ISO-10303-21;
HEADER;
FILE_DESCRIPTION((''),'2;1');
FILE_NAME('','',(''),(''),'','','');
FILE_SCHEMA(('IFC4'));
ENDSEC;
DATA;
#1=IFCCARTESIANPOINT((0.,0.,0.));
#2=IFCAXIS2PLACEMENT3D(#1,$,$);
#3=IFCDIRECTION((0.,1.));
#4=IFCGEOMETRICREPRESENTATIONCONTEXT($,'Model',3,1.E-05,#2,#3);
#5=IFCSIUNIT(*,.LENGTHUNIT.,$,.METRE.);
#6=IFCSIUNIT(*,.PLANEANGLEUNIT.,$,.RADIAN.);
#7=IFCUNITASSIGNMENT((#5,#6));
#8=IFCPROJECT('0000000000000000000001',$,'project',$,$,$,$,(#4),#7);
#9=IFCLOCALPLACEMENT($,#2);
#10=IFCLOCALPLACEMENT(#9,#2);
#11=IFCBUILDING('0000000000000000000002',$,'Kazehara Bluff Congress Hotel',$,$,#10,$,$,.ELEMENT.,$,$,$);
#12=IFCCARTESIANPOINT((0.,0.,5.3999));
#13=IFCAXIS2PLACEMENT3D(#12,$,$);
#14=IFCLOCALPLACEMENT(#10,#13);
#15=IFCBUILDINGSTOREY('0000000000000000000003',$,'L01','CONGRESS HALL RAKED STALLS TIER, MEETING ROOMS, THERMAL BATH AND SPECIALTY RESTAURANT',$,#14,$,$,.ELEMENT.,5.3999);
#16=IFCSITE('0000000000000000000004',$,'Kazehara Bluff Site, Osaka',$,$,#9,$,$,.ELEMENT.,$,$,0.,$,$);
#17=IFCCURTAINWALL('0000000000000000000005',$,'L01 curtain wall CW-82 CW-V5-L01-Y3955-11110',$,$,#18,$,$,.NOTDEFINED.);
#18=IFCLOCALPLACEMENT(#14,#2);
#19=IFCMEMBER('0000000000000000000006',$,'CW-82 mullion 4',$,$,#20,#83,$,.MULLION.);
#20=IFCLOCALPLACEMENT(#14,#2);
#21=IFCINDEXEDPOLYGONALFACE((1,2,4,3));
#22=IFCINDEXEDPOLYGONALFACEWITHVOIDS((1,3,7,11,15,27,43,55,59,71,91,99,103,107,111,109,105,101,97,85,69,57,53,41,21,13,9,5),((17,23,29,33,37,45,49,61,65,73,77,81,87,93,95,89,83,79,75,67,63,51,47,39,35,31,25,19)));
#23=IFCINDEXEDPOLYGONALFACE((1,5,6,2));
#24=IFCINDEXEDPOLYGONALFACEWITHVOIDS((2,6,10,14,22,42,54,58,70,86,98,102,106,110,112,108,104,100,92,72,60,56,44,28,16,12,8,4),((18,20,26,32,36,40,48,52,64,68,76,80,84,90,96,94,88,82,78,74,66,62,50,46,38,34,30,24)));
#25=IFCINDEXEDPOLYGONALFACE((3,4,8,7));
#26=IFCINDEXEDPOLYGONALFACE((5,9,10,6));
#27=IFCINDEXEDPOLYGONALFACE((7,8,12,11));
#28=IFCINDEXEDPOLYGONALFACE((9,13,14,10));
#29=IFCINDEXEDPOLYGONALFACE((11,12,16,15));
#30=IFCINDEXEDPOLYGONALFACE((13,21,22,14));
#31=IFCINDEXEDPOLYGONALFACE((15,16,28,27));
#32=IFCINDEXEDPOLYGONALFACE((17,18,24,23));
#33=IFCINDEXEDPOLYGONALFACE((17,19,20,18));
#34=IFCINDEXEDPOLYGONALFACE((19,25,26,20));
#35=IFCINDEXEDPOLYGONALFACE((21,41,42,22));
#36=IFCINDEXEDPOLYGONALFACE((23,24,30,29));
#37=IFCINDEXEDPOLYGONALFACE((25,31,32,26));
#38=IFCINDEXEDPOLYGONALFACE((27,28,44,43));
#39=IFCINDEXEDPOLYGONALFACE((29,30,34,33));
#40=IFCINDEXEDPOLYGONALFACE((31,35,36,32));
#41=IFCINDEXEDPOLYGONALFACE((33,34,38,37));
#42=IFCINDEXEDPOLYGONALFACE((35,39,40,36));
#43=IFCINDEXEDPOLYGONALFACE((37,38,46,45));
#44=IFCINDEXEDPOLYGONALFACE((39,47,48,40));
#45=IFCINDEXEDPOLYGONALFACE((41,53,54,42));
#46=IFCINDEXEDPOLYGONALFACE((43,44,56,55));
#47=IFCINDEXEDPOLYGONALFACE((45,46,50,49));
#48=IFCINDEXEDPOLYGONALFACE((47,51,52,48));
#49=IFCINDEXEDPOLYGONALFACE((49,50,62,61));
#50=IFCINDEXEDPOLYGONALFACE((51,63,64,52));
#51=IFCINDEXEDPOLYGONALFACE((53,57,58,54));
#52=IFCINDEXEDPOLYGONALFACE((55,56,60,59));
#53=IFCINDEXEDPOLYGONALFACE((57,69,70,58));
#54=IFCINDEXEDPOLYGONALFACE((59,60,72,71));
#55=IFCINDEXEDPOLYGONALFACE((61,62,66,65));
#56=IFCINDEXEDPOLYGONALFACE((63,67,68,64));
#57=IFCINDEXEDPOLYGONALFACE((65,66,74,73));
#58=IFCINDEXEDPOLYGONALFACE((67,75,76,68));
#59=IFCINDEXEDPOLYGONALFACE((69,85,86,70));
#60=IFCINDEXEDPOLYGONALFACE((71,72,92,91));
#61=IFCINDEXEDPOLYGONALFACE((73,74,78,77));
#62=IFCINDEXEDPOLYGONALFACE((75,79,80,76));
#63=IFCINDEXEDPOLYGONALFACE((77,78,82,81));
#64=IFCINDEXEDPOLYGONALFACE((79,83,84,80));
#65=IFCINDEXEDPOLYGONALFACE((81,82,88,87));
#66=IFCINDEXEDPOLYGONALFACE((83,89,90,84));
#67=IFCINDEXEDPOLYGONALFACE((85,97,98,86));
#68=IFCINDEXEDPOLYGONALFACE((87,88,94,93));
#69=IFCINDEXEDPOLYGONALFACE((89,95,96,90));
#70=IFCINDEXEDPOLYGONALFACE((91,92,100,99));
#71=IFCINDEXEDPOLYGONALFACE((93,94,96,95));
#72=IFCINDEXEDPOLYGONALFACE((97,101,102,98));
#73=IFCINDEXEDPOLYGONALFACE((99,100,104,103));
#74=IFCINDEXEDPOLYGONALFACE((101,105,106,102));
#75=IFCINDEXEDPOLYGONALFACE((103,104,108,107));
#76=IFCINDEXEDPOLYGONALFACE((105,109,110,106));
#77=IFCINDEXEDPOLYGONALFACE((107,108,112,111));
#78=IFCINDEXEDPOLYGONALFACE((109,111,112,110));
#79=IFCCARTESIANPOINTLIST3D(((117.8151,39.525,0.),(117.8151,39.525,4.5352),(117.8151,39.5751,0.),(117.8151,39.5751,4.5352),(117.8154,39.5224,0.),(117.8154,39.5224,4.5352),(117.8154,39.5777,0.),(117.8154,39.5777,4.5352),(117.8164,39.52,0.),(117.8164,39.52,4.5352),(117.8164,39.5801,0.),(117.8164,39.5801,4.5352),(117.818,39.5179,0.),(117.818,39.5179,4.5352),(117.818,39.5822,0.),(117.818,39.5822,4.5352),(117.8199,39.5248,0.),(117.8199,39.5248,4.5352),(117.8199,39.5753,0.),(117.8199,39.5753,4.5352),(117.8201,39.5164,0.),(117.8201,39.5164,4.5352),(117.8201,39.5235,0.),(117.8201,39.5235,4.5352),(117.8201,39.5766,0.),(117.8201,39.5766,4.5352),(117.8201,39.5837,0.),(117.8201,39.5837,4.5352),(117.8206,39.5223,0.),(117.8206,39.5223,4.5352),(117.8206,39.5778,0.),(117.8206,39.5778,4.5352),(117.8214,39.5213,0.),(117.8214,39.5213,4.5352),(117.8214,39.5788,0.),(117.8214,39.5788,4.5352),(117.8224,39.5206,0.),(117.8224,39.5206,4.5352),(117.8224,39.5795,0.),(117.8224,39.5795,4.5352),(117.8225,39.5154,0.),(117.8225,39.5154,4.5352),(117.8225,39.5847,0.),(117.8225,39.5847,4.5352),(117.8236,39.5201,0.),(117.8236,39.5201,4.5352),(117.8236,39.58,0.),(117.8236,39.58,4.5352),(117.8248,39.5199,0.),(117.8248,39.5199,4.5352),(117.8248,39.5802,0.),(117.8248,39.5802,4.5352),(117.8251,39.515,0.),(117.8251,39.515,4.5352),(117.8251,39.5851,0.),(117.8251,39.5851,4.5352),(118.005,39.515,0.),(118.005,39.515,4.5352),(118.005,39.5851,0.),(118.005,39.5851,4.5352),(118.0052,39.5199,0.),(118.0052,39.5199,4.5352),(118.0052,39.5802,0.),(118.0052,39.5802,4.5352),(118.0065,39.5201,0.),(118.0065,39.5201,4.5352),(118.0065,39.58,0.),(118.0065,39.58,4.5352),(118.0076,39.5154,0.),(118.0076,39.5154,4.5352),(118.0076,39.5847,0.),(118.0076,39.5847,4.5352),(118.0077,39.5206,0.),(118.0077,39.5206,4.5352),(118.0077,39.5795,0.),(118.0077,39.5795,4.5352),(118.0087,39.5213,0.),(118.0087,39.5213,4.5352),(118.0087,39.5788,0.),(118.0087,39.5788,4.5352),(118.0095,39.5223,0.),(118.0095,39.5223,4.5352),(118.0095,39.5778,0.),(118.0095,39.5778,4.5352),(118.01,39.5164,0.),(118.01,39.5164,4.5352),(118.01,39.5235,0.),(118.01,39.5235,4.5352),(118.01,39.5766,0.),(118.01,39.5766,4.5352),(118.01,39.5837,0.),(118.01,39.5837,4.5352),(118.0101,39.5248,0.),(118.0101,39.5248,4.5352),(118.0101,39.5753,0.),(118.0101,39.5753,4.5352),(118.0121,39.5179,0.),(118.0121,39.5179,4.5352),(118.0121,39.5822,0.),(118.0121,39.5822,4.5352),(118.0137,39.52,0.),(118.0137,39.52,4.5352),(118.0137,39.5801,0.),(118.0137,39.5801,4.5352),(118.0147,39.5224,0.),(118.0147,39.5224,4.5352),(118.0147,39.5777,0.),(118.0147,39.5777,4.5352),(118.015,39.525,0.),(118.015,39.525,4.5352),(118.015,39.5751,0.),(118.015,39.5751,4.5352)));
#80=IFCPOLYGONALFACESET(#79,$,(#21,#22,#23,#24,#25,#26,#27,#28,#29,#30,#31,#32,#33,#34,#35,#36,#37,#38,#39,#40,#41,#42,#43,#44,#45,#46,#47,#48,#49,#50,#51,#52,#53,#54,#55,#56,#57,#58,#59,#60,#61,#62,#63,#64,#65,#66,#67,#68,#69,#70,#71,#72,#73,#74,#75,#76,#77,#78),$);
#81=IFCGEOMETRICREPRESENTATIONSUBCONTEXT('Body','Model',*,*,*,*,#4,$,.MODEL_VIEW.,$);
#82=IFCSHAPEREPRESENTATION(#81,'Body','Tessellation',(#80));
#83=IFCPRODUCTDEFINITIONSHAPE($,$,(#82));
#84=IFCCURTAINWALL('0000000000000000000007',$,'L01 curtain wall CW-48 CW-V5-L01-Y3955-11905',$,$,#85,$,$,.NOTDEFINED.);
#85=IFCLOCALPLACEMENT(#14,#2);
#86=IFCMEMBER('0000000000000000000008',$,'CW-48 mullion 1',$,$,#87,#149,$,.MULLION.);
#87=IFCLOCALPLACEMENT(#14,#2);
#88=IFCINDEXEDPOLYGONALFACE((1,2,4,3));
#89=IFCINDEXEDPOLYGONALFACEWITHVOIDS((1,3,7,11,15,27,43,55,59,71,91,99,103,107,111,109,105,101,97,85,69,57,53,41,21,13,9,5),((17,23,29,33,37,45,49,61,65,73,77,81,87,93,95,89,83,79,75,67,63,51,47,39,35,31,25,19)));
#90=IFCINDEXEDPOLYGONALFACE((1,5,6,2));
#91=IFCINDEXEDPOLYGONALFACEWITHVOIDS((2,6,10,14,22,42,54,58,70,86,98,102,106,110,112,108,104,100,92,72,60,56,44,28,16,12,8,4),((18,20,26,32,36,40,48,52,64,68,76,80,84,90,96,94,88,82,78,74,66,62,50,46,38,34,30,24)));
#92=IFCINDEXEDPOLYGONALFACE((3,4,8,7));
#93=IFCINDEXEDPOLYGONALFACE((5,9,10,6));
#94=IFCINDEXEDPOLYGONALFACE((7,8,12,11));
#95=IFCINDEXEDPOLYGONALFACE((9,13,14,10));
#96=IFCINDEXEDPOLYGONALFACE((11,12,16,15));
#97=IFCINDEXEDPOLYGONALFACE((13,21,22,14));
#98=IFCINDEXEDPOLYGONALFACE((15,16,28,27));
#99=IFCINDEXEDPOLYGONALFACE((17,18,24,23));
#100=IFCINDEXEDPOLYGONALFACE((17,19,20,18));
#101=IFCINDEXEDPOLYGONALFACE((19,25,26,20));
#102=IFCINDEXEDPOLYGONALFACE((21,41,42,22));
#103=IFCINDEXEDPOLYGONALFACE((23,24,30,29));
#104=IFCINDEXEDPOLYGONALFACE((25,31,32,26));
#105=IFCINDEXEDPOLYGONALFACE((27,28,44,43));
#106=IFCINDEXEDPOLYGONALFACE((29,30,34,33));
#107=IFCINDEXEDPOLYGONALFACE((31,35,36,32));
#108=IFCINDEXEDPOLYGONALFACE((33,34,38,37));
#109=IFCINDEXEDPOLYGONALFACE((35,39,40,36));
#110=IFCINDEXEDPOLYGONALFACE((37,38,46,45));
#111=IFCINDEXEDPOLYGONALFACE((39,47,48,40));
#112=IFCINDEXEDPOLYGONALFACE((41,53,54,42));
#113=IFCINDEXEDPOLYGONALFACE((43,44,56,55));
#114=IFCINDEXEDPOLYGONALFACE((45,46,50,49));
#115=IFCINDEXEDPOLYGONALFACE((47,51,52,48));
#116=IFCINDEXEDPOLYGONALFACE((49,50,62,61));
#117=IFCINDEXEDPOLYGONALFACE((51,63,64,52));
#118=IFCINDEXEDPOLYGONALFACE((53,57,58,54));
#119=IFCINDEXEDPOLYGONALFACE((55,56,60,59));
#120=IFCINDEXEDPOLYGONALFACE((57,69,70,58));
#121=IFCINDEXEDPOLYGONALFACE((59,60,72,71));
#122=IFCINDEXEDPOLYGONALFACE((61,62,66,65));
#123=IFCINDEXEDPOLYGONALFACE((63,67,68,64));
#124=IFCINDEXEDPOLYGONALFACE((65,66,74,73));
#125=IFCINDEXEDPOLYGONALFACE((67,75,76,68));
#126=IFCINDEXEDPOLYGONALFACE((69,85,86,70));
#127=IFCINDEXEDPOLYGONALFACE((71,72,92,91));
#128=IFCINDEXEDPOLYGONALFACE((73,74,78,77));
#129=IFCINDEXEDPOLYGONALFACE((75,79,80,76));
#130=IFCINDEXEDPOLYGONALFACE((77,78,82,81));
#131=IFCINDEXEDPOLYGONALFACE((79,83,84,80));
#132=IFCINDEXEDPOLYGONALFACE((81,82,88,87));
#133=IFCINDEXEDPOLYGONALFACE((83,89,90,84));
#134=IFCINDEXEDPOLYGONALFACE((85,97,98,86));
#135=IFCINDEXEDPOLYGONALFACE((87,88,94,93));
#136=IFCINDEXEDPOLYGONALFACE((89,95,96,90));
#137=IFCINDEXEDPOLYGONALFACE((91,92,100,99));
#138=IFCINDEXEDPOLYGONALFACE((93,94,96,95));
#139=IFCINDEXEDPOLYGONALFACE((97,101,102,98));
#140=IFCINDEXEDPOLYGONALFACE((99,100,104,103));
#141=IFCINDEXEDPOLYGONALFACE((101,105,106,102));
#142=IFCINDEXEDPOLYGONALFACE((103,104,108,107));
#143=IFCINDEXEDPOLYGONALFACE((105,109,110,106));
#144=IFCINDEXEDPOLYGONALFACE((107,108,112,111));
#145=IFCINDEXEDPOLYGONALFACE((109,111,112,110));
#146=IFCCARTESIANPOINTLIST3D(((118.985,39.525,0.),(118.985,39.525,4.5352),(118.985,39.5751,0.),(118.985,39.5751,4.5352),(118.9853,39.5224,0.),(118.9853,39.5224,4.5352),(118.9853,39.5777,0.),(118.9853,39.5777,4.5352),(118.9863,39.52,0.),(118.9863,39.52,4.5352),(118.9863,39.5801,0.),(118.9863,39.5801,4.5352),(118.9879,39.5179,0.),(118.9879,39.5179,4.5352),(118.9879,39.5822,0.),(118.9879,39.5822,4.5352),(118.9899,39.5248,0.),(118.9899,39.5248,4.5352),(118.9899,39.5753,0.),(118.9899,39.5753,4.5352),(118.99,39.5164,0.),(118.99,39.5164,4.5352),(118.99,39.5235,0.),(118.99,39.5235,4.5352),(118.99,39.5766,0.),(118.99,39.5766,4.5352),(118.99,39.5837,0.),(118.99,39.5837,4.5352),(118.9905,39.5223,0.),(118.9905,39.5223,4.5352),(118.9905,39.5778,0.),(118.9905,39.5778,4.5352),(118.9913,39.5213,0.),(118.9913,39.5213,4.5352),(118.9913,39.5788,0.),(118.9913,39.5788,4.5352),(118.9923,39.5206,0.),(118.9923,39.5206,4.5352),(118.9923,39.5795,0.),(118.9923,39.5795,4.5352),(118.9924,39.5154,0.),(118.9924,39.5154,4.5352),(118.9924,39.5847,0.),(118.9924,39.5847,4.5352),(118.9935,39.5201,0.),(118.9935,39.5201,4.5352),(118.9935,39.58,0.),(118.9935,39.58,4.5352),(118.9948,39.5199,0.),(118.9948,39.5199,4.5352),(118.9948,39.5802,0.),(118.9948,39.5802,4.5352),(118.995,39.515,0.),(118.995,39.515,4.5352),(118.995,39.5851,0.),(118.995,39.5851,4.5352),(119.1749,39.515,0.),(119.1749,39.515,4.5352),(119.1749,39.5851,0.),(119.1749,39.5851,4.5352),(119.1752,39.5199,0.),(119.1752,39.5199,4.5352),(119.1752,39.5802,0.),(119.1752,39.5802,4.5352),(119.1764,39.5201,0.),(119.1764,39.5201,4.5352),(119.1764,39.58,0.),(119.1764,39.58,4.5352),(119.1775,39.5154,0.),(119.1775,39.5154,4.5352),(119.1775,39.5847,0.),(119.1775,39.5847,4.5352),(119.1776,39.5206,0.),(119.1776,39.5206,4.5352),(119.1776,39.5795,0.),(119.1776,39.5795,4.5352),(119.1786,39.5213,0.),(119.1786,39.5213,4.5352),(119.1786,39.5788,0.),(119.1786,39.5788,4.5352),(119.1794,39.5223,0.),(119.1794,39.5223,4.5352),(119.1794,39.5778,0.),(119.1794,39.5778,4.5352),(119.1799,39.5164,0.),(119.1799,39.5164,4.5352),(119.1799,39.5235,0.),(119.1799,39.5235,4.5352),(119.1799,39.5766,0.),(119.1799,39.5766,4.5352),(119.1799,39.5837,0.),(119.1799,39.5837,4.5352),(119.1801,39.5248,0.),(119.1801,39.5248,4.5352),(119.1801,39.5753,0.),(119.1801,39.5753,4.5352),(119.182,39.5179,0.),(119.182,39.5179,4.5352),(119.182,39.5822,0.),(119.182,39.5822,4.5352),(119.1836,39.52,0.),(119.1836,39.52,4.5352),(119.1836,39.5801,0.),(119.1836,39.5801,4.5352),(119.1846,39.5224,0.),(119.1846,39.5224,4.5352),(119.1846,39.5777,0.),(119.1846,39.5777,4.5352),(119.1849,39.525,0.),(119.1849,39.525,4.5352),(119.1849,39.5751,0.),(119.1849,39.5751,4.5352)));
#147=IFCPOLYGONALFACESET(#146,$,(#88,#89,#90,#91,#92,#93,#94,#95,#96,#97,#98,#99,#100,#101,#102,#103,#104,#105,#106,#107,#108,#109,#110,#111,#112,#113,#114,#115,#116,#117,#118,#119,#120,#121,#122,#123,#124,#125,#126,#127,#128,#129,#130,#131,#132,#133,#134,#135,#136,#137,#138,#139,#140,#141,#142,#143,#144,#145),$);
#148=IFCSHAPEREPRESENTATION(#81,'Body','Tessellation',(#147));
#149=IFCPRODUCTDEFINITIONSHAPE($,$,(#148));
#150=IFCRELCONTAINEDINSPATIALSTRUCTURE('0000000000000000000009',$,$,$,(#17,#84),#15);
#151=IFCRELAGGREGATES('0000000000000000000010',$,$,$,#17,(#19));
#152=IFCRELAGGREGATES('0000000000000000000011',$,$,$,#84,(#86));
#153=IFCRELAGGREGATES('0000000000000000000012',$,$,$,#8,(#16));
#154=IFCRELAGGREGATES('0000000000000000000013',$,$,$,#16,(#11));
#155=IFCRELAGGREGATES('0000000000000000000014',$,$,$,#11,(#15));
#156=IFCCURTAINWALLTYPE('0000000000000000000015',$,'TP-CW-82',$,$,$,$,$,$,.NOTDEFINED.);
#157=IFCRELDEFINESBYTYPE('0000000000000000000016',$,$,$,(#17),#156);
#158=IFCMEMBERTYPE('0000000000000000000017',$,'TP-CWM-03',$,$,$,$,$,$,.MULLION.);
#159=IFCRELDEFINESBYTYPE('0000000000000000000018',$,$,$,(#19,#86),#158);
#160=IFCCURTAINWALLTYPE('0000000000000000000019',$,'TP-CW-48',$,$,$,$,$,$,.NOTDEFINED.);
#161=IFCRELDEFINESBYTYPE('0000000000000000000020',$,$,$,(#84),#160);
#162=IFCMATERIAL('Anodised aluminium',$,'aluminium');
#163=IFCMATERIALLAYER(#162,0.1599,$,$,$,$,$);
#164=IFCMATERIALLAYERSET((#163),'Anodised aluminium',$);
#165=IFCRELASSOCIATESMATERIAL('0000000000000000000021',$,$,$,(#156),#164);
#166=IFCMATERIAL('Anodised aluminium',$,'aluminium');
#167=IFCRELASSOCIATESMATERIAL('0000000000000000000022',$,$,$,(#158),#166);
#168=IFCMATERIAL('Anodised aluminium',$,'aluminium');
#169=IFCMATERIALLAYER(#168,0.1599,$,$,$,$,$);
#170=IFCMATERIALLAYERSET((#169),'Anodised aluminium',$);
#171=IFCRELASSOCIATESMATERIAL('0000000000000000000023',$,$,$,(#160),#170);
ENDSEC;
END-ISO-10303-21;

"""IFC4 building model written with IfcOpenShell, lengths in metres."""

from ifc_helpers import new_model, si_unit, direction, frame, origin, origin_2d, place, context, subcontext, project, spatial, hollow_rectangle, extrude, material, layer, layer_set, material_profile, profile_set, type_object, element, aggregate, save


model = new_model("IFC4")

# Units and contexts
model_context = context("Model", 3, precision=1e-05, world=origin(), true_north=direction((0.0, 1.0)))
body_context = subcontext(model_context, "Body", "Model", "MODEL_VIEW")
ifc_project = project(units=[si_unit("LENGTHUNIT", "METRE"), si_unit("PLANEANGLEUNIT", "RADIAN")], contexts=[model_context])

# Site, building, storey
site_placement = place(None, origin())
site = spatial("IfcSite", under=ifc_project, at=site_placement, Name="Kazehara Bluff Site, Osaka", CompositionType="ELEMENT", RefElevation=0.0)
building_placement = place(site_placement, origin())
building = spatial("IfcBuilding", under=site, at=building_placement, Name="Kazehara Bluff Congress Hotel", CompositionType="ELEMENT")
storey_placement = place(building_placement, frame((0.0, 0.0, 5.3999)))
storey = spatial("IfcBuildingStorey", under=building, at=storey_placement, Name="L01", Description="CONGRESS HALL RAKED STALLS TIER, MEETING ROOMS, THERMAL BATH AND SPECIALTY RESTAURANT", CompositionType="ELEMENT", Elevation=5.3999)

# Curtain wall, member
ifc_material_1 = material(Name="Anodised aluminium", Category="aluminium")
ifc_layer_1 = layer(ifc_material_1, 0.1599)
ifc_layer_set_1 = layer_set([ifc_layer_1], Name="Anodised aluminium")
curtain_wall_type_1 = type_object("IfcCurtainWallType", Name="TP-CW-82", PredefinedType="NOTDEFINED", material=ifc_layer_set_1)
curtain_wall_1_placement = place(storey_placement, origin())
curtain_wall_1 = element("IfcCurtainWall", 1, at=curtain_wall_1_placement, inside=storey, type_object=curtain_wall_type_1, Name="L01 curtain wall CW-82 CW-V5-L01-Y3955-11110", PredefinedType="NOTDEFINED")
ifc_material_2 = material(Name="Anodised aluminium", Category="aluminium")
ifc_material_profile_1 = material_profile(ifc_material_2, hollow_rectangle(XDim=0.0701, YDim=0.2, WallThickness=0.0049, InnerFilletRadius=0.0049, OuterFilletRadius=0.01, at=origin_2d()))
ifc_profile_set_1 = profile_set([ifc_material_profile_1], Name="Anodised aluminium")
member_type_1 = type_object("IfcMemberType", Name="TP-CWM-03", PredefinedType="MULLION", material=ifc_profile_set_1)
member_1_placement = place(storey_placement, frame((117.915, 39.55, 0.0), z_axis=(0.0, 0.0, 1.0), x_axis=(0.0, 1.0, 0.0)))
member_1 = element("IfcMember", 2, at=member_1_placement, type_object=member_type_1, Name="CW-82 mullion 4", PredefinedType="MULLION", context=body_context, shape_type="SweptSolid", body=[
    extrude(hollow_rectangle(XDim=0.0701, YDim=0.2, WallThickness=0.0049, InnerFilletRadius=0.0049, OuterFilletRadius=0.01, at=origin_2d()), origin(), (0.0, 0.0, 1.0), 4.5352),
])
aggregate(curtain_wall_1, [member_1])

# Curtain wall, member
ifc_material_3 = material(Name="Anodised aluminium", Category="aluminium")
ifc_layer_2 = layer(ifc_material_3, 0.1599)
ifc_layer_set_2 = layer_set([ifc_layer_2], Name="Anodised aluminium")
curtain_wall_type_2 = type_object("IfcCurtainWallType", Name="TP-CW-48", PredefinedType="NOTDEFINED", material=ifc_layer_set_2)
curtain_wall_2_placement = place(storey_placement, origin())
curtain_wall_2 = element("IfcCurtainWall", 3, at=curtain_wall_2_placement, inside=storey, type_object=curtain_wall_type_2, Name="L01 curtain wall CW-48 CW-V5-L01-Y3955-11905", PredefinedType="NOTDEFINED")
member_2_placement = place(storey_placement, frame((119.085, 39.55, 0.0), z_axis=(0.0, 0.0, 1.0), x_axis=(0.0, 1.0, 0.0)))
member_2 = element("IfcMember", 4, at=member_2_placement, type_object=member_type_1, Name="CW-48 mullion 1", PredefinedType="MULLION", context=body_context, shape_type="SweptSolid", body=[
    extrude(hollow_rectangle(XDim=0.0701, YDim=0.2, WallThickness=0.0049, InnerFilletRadius=0.0049, OuterFilletRadius=0.01, at=origin_2d()), origin(), (0.0, 0.0, 1.0), 4.5352),
])

aggregate(curtain_wall_2, [member_2])

save(model, "model.ifc")
